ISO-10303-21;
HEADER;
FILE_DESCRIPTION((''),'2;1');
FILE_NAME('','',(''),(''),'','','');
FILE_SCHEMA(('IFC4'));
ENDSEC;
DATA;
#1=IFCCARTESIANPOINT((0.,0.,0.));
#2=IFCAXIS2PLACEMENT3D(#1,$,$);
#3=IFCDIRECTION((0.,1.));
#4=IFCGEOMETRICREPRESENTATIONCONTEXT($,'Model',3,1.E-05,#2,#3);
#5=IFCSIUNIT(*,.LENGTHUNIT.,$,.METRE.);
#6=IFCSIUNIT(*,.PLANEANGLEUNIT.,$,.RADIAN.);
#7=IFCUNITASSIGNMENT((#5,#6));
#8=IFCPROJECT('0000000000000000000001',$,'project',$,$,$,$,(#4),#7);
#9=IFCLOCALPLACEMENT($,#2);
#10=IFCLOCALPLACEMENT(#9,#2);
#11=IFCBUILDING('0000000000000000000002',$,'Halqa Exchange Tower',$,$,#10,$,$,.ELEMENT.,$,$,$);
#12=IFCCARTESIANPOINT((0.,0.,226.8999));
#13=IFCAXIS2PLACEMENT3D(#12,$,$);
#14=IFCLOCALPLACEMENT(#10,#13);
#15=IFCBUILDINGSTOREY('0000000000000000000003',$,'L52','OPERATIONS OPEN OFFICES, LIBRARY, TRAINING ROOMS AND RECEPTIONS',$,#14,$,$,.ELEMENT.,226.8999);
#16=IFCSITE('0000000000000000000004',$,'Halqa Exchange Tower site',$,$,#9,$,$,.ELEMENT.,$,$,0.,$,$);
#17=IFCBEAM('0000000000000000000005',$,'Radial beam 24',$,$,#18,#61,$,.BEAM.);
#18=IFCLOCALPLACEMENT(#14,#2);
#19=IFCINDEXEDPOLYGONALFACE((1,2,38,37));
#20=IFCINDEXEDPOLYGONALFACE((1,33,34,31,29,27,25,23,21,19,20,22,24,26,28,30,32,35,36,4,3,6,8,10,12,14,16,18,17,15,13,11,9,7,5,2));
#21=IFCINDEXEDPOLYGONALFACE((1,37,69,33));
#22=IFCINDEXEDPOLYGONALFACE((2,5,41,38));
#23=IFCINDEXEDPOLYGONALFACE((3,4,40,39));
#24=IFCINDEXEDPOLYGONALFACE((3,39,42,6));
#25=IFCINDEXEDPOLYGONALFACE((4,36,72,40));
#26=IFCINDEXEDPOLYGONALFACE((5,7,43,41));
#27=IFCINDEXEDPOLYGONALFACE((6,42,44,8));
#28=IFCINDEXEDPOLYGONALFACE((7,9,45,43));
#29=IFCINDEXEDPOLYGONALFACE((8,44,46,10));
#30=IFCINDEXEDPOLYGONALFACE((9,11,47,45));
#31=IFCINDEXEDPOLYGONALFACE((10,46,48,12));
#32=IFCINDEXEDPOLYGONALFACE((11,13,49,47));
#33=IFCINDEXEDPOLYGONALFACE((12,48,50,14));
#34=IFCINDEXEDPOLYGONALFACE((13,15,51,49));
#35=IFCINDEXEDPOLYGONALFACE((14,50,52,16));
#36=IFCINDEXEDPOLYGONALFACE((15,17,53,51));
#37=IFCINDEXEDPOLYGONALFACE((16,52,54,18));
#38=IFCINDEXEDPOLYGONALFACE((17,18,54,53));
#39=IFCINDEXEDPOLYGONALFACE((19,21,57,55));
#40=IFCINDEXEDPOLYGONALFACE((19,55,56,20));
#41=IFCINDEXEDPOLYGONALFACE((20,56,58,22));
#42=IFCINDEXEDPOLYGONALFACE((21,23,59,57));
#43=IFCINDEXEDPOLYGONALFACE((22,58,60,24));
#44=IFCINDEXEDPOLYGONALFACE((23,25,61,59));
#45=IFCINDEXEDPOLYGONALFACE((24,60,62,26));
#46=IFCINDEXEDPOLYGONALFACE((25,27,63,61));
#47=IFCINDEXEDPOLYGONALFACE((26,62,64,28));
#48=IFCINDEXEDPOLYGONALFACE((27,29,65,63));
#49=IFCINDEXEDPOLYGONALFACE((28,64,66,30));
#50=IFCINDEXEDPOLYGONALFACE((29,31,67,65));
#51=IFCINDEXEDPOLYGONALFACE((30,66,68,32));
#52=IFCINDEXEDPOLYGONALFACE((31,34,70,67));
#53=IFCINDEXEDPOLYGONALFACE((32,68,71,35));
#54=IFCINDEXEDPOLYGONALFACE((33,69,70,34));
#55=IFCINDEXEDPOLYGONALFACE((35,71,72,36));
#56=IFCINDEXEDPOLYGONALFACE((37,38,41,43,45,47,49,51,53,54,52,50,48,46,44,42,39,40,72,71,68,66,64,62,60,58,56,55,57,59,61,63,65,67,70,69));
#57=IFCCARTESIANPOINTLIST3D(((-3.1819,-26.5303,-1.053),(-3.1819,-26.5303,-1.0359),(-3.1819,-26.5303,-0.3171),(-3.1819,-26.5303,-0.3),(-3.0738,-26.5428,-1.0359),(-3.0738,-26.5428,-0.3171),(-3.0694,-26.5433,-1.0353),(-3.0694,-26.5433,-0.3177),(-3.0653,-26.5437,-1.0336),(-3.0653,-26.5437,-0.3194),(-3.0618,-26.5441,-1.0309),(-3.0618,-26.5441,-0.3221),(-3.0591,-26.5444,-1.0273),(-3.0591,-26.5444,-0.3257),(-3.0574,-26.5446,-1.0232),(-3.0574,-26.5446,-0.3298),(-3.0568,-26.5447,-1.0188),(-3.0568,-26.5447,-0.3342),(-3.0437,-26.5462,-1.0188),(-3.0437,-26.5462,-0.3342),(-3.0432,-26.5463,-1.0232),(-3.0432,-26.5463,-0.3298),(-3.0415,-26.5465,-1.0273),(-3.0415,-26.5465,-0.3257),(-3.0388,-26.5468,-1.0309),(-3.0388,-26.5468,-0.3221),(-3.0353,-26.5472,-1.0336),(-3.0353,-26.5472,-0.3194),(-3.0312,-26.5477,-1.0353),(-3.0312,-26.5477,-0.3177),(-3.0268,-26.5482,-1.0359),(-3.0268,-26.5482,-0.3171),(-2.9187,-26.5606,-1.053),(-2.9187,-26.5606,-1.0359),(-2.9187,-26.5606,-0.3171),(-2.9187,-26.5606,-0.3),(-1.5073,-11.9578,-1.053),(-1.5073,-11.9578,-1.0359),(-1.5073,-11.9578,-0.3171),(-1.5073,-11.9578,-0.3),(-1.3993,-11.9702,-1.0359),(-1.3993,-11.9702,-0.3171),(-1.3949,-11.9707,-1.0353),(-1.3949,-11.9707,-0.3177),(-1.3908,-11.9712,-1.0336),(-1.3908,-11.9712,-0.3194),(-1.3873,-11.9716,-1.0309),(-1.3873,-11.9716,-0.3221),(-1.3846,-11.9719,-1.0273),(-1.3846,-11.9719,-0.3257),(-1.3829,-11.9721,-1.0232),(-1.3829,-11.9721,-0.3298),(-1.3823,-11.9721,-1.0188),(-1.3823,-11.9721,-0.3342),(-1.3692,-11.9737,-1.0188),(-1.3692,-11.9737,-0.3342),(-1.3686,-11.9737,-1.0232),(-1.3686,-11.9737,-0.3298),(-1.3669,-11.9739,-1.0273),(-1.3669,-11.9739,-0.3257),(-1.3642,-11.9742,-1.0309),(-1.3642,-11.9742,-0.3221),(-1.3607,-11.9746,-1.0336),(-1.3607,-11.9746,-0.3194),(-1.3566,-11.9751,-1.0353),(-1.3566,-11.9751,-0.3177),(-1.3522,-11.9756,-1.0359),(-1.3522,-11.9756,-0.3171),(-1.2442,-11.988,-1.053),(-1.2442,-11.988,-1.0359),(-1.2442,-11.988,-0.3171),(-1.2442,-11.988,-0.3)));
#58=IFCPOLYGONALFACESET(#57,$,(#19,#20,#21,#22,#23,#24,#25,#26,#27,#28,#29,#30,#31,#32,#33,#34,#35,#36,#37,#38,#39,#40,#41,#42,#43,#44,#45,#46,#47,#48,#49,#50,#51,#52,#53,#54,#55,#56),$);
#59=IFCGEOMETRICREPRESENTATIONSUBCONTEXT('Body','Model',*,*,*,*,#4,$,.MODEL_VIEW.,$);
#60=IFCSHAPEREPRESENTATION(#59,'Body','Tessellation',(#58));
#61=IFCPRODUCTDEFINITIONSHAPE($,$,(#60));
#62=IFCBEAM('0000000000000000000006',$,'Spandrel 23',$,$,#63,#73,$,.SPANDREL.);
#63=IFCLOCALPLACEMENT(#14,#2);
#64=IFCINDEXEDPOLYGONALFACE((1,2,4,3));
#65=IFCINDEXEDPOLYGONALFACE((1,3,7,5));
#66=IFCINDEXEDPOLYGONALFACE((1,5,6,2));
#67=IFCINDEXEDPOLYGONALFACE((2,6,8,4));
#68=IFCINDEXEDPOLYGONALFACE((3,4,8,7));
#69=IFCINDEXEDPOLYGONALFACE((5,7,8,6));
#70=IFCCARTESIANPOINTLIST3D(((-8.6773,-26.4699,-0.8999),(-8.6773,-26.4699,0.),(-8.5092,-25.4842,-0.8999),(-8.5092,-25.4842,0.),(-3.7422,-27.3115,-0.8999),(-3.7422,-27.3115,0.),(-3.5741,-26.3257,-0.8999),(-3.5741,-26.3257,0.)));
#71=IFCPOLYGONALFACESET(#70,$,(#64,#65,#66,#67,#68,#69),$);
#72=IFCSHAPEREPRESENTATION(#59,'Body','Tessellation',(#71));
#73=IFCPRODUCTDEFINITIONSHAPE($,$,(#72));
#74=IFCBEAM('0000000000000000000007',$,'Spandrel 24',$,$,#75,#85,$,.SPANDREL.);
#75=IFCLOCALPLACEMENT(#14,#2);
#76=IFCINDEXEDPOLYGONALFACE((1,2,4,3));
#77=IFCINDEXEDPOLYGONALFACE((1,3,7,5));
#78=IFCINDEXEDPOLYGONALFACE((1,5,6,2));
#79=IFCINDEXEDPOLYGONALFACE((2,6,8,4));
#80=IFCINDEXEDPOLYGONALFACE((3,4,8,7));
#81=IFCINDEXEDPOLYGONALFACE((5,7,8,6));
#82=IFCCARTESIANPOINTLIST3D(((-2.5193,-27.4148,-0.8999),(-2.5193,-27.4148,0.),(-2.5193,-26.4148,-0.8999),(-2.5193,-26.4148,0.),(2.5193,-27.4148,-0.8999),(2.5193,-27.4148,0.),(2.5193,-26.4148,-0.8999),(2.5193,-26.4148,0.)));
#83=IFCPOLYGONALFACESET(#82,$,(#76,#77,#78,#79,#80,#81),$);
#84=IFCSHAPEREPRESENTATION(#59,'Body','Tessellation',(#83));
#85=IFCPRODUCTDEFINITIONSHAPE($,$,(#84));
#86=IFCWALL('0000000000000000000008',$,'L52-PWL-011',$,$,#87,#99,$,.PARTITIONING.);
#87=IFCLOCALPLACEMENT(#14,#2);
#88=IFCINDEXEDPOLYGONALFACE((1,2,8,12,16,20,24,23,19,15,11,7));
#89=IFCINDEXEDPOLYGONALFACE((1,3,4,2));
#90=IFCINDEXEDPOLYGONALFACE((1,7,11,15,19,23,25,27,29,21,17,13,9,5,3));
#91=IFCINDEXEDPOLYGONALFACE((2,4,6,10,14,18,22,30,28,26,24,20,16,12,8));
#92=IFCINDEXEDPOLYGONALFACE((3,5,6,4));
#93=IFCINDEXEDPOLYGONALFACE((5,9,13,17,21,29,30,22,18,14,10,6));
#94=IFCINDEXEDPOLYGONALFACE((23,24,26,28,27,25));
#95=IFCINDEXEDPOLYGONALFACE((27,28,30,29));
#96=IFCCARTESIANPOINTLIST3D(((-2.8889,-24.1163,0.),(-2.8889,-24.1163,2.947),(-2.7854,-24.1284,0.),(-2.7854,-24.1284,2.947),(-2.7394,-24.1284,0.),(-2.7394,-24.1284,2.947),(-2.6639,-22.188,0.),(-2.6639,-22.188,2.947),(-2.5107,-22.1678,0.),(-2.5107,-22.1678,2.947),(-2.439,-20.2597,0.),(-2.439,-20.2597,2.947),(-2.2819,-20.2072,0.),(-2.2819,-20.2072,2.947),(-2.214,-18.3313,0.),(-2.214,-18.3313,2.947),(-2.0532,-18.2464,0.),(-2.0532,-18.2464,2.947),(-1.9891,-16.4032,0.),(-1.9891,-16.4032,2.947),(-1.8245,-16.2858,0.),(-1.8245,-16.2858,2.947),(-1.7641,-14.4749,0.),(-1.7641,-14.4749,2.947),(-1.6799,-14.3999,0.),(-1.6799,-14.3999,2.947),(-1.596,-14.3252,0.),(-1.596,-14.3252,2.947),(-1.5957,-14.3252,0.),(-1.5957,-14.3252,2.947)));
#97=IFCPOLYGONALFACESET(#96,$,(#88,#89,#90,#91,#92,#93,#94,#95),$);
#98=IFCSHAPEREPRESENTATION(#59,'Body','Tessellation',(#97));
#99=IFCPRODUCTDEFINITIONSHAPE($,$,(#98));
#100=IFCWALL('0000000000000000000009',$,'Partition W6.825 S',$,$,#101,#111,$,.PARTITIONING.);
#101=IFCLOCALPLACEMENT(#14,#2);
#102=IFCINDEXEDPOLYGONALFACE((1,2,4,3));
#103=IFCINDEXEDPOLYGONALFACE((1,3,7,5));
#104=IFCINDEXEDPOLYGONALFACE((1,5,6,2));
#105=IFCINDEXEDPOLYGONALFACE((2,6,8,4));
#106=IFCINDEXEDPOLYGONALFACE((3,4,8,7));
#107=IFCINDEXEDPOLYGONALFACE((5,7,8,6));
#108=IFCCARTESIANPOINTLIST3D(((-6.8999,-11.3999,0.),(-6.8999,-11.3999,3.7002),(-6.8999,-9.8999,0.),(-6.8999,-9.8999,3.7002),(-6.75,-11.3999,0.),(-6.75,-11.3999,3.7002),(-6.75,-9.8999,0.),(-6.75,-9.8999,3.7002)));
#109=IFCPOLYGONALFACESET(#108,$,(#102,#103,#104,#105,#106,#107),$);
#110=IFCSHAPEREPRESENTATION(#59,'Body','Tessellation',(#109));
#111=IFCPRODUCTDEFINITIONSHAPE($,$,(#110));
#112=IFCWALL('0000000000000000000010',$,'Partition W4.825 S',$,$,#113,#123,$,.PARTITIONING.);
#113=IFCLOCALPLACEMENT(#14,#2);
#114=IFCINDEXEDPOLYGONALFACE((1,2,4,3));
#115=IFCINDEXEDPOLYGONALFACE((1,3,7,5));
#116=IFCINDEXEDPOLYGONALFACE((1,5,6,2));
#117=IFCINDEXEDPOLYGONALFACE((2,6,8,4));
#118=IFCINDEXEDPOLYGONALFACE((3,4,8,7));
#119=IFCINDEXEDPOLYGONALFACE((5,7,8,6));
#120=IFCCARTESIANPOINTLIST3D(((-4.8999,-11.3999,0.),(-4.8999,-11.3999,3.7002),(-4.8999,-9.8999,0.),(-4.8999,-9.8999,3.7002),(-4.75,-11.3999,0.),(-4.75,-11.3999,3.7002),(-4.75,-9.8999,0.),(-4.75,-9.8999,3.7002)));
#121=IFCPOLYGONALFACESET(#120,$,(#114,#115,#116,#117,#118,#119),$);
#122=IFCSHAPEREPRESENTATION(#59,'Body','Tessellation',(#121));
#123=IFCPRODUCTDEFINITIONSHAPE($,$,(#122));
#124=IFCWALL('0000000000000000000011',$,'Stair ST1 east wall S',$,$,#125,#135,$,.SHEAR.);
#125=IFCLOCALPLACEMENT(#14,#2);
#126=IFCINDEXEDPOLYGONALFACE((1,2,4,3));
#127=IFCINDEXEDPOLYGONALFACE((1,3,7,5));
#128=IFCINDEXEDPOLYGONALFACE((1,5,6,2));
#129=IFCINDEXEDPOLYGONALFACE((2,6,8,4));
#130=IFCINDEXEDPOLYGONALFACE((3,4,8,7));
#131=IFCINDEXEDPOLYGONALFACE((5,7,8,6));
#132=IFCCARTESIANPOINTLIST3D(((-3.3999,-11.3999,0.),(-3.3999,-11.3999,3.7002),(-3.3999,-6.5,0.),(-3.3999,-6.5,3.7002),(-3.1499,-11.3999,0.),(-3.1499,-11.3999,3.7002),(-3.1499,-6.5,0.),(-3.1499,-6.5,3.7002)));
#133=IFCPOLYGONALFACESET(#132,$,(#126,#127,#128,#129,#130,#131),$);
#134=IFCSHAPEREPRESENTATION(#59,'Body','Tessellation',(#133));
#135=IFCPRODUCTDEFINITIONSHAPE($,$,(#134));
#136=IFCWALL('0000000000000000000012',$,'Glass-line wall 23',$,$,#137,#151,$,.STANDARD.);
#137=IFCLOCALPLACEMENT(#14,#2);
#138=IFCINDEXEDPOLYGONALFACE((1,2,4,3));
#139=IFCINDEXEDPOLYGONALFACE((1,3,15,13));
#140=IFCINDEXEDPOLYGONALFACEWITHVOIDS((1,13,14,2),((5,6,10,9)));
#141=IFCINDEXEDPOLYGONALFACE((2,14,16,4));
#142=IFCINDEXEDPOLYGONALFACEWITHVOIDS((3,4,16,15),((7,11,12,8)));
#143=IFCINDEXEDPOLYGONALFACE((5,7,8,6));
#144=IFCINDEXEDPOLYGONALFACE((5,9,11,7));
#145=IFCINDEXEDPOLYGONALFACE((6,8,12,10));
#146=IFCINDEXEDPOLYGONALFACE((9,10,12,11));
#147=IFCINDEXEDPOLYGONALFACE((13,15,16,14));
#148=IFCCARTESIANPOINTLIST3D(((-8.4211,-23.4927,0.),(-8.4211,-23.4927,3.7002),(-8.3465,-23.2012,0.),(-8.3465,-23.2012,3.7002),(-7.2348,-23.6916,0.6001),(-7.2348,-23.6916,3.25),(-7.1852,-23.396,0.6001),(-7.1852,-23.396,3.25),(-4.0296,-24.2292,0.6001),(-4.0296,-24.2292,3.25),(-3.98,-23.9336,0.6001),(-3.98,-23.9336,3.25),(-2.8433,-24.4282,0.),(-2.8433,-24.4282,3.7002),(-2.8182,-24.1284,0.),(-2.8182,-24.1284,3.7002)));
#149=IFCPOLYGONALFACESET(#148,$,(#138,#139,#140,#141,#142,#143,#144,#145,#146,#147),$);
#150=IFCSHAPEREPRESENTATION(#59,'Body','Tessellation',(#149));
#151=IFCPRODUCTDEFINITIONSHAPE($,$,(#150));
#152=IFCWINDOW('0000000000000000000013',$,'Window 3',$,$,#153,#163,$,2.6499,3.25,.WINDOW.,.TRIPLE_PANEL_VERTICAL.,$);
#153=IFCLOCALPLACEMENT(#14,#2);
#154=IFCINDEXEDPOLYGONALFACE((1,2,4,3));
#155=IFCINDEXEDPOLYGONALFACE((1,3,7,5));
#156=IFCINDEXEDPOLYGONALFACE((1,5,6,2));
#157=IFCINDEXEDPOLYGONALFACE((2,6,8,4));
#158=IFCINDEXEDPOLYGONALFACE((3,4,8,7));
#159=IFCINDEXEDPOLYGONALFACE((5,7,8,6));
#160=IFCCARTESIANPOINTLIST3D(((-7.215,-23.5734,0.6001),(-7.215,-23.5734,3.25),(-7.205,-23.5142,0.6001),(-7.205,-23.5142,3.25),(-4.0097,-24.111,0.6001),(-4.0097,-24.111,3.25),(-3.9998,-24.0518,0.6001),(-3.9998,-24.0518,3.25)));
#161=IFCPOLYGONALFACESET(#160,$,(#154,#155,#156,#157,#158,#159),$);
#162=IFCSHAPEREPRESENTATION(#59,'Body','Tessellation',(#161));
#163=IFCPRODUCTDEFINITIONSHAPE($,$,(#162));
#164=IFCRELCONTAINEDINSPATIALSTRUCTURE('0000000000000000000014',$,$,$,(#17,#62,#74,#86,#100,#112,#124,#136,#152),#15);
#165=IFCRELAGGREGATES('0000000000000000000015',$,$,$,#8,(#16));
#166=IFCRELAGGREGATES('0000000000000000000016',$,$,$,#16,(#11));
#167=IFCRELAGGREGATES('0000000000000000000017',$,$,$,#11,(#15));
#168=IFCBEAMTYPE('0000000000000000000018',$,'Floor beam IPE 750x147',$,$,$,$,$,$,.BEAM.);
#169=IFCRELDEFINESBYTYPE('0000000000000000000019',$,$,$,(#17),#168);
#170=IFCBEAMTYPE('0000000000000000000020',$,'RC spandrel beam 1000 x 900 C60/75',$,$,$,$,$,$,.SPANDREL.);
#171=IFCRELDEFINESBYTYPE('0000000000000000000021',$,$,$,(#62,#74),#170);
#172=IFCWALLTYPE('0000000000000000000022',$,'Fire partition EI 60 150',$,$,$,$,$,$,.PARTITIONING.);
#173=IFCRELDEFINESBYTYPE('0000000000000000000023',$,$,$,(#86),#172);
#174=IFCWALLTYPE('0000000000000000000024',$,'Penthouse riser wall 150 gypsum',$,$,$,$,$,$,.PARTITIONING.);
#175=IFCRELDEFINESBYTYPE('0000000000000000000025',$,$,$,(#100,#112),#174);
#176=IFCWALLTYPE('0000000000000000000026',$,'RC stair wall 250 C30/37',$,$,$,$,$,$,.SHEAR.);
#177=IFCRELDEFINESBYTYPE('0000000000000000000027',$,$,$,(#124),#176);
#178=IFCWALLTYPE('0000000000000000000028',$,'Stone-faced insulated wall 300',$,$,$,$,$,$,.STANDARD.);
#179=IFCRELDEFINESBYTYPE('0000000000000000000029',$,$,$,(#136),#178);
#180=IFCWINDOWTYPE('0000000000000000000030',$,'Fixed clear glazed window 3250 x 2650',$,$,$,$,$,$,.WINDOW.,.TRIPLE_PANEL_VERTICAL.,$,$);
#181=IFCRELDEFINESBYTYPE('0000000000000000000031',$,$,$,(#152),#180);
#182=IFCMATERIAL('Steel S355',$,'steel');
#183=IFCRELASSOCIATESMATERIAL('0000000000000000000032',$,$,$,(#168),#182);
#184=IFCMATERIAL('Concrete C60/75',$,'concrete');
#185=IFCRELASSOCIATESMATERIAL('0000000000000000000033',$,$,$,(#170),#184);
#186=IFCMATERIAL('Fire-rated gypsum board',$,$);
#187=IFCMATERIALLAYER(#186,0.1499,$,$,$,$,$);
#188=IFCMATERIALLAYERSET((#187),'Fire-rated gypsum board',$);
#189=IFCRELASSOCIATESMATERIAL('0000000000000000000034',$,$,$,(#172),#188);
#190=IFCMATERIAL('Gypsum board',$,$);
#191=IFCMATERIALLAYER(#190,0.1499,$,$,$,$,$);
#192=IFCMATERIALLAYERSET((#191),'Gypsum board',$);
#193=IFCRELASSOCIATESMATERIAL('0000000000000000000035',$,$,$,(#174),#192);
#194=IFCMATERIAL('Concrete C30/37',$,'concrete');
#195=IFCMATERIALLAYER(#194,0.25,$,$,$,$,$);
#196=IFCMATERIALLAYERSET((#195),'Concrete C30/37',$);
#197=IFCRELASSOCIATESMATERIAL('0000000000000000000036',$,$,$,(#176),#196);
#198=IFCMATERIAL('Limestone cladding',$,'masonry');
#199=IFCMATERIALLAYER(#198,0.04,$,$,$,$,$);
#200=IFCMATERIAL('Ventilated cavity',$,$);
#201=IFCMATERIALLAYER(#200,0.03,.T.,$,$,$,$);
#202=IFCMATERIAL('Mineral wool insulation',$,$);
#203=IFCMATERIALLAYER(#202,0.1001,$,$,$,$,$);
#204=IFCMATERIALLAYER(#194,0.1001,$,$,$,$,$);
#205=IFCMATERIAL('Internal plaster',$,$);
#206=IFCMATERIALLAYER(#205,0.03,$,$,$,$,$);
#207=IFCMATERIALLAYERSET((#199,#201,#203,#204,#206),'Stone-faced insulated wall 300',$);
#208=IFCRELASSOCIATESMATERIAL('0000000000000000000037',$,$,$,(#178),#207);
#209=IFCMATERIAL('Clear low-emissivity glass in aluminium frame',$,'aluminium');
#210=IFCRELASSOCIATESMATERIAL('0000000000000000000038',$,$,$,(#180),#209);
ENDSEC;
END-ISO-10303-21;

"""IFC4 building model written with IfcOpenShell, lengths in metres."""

from ifc_helpers import new_model, si_unit, direction, frame, frame_2d, origin, origin_2d, place, context, subcontext, project, spatial, polyline, rectangle, i_section, outline, extrude, material, layer, layer_set, material_profile, profile_set, type_object, element, fill, save


model = new_model("IFC4")

# Units and contexts
model_context = context("Model", 3, precision=1e-05, world=origin(), true_north=direction((0.0, 1.0)))
body_context = subcontext(model_context, "Body", "Model", "MODEL_VIEW")
ifc_project = project(units=[si_unit("LENGTHUNIT", "METRE"), si_unit("PLANEANGLEUNIT", "RADIAN")], contexts=[model_context])

# Site, building, storey
site_placement = place(None, origin())
site = spatial("IfcSite", under=ifc_project, at=site_placement, Name="Halqa Exchange Tower site", CompositionType="ELEMENT", RefElevation=0.0)
building_placement = place(site_placement, origin())
building = spatial("IfcBuilding", under=site, at=building_placement, Name="Halqa Exchange Tower", CompositionType="ELEMENT")
storey_placement = place(building_placement, frame((0.0, 0.0, 226.8999)))
storey = spatial("IfcBuildingStorey", under=building, at=storey_placement, Name="L52", Description="OPERATIONS OPEN OFFICES, LIBRARY, TRAINING ROOMS AND RECEPTIONS", CompositionType="ELEMENT", Elevation=226.8999)

# Shared definitions
ifc_material_1 = material(Name="Concrete C60/75", Category="concrete")

# Beams
ifc_material_2 = material(Name="Steel S355", Category="steel")
ifc_material_profile_1 = material_profile(ifc_material_2, i_section(OverallWidth=0.2649, OverallDepth=0.7529, WebThickness=0.0132, FlangeThickness=0.0171, FilletRadius=0.0171, at=origin_2d()), Name="IPE 750x147")
ifc_profile_set_1 = profile_set([ifc_material_profile_1], Name="Steel S355")
beam_type_1 = type_object("IfcBeamType", Name="Floor beam IPE 750x147", PredefinedType="BEAM", material=ifc_profile_set_1)
beam_1_placement = place(storey_placement, frame((-1.3757, -11.9729, -0.6765), z_axis=(-0.114161, -0.993462, 0.0), x_axis=(0.993462, -0.114161, 0.0)))
element("IfcBeam", 1, at=beam_1_placement, inside=storey, type_object=beam_type_1, Name="Radial beam 24", PredefinedType="BEAM", context=body_context, shape_type="SweptSolid", body=[
    extrude(i_section(OverallWidth=0.2649, OverallDepth=0.7529, WebThickness=0.0132, FlangeThickness=0.0171, FilletRadius=0.0171, at=origin_2d()), origin(), (0.0, 0.0, 1.0), 14.6685),
])
ifc_material_profile_2 = material_profile(ifc_material_1, rectangle(XDim=1.0, YDim=0.8999, at=origin_2d()), Name="1000 x 900")
ifc_profile_set_2 = profile_set([ifc_material_profile_2], Name="Concrete C60/75")
beam_type_2 = type_object("IfcBeamType", Name="RC spandrel beam 1000 x 900 C60/75", PredefinedType="SPANDREL", material=ifc_profile_set_2)
beam_2_placement = place(storey_placement, frame((-8.5933, -25.9771, -0.45), z_axis=(0.98577, -0.168099, 0.0), x_axis=(0.168099, 0.98577, 0.0)))
element("IfcBeam", 2, at=beam_2_placement, inside=storey, type_object=beam_type_2, Name="Spandrel 23", PredefinedType="SPANDREL", context=body_context, shape_type="SweptSolid", body=[
    extrude(rectangle(XDim=1.0, YDim=0.8999, at=origin_2d()), origin(), (0.0, 0.0, 1.0), 5.0063),
])
beam_3_placement = place(storey_placement, frame((-2.5193, -26.9148, -0.45), z_axis=(1.0, 0.0, 0.0), x_axis=(0.0, 1.0, 0.0)))
element("IfcBeam", 3, at=beam_3_placement, inside=storey, type_object=beam_type_2, Name="Spandrel 24", PredefinedType="SPANDREL", context=body_context, shape_type="SweptSolid", body=[
    extrude(rectangle(XDim=1.0, YDim=0.8999, at=origin_2d()), origin(), (0.0, 0.0, 1.0), 5.0386),
])

# Wall
ifc_material_3 = material(Name="Fire-rated gypsum board")
ifc_layer_1 = layer(ifc_material_3, 0.1499)
ifc_layer_set_1 = layer_set([ifc_layer_1], Name="Fire-rated gypsum board")
wall_type_1 = type_object("IfcWallType", Name="Fire partition EI 60 150", PredefinedType="PARTITIONING", material=ifc_layer_set_1)
wall_1_placement = place(storey_placement, frame((-2.8145, -24.125, 0.0), z_axis=(0.0, 0.0, 1.0), x_axis=(0.115876, 0.993264, 0.0)))
element("IfcWall", 4, at=wall_1_placement, inside=storey, type_object=wall_type_1, Name="L52-PWL-011", PredefinedType="PARTITIONING", context=body_context, shape_type="SweptSolid", body=[
    extrude(outline(polyline([(9.875, -0.075), (9.875, -0.0747), (9.791, 0.0), (9.7068, 0.075), (7.7654, 0.075), (5.8242, 0.075), (3.8828, 0.075), (1.9414, 0.075), (0.0, 0.075), (0.0, -0.0293), (0.0054, -0.075), (1.9792, -0.075), (3.9531, -0.075), (5.9272, -0.075), (7.9011, -0.075), (9.875, -0.075)])), origin(), (0.0, 0.0, 1.0), 2.947),
])

# Walls
ifc_material_4 = material(Name="Gypsum board")
ifc_layer_2 = layer(ifc_material_4, 0.1499)
ifc_layer_set_2 = layer_set([ifc_layer_2], Name="Gypsum board")
wall_type_2 = type_object("IfcWallType", Name="Penthouse riser wall 150 gypsum", PredefinedType="PARTITIONING", material=ifc_layer_set_2)
for number, where, z_axis, x_axis, name in (
    (5, (-6.825, -11.3999, 0.0), (0.0, 0.0, 1.0), (0.0, 1.0, 0.0), "Partition W6.825 S"),
    (6, (-4.825, -11.3999, 0.0), (0.0, 0.0, 1.0), (0.0, 1.0, 0.0), "Partition W4.825 S"),
):
    element("IfcWall", number, at=place(storey_placement, frame(where, z_axis=z_axis, x_axis=x_axis)), inside=storey, type_object=wall_type_2, Name=name, PredefinedType="PARTITIONING", context=body_context, shape_type="SweptSolid", body=[
        extrude(rectangle(XDim=1.5, YDim=0.1499, at=frame_2d((0.75, 0.0))), origin(), (0.0, 0.0, 1.0), 3.7002),
    ])
ifc_material_5 = material(Name="Concrete C30/37", Category="concrete")
ifc_layer_3 = layer(ifc_material_5, 0.25)
ifc_layer_set_3 = layer_set([ifc_layer_3], Name="Concrete C30/37")
wall_type_3 = type_object("IfcWallType", Name="RC stair wall 250 C30/37", PredefinedType="SHEAR", material=ifc_layer_set_3)
wall_2_placement = place(storey_placement, frame((-3.2749, -11.3999, 0.0), z_axis=(0.0, 0.0, 1.0), x_axis=(0.0, 1.0, 0.0)))
element("IfcWall", 7, at=wall_2_placement, inside=storey, type_object=wall_type_3, Name="Stair ST1 east wall S", PredefinedType="SHEAR", context=body_context, shape_type="SweptSolid", body=[
    extrude(rectangle(XDim=4.8999, YDim=0.25, at=frame_2d((2.45, 0.0))), origin(), (0.0, 0.0, 1.0), 3.7002),
])

# Wall, opening, window
ifc_material_6 = material(Name="Limestone cladding", Category="masonry")
ifc_layer_4 = layer(ifc_material_6, 0.04)
ifc_material_7 = material(Name="Ventilated cavity")
ifc_layer_5 = layer(ifc_material_7, 0.03, ventilated=True)
ifc_material_8 = material(Name="Mineral wool insulation")
ifc_layer_6 = layer(ifc_material_8, 0.1001)
ifc_layer_7 = layer(ifc_material_5, 0.1001)
ifc_material_9 = material(Name="Internal plaster")
ifc_layer_8 = layer(ifc_material_9, 0.03)
ifc_layer_set_4 = layer_set([ifc_layer_4, ifc_layer_5, ifc_layer_6, ifc_layer_7, ifc_layer_8], Name="Stone-faced insulated wall 300")
wall_type_4 = type_object("IfcWallType", Name="Stone-faced insulated wall 300", PredefinedType="STANDARD", material=ifc_layer_set_4)
wall_3_placement = place(storey_placement, frame((-8.3838, -23.3469, 0.0), z_axis=(0.0, 0.0, 1.0), x_axis=(0.986223, -0.165418, 0.0)))
wall_3 = element("IfcWall", 8, at=wall_3_placement, inside=storey, type_object=wall_type_4, Name="Glass-line wall 23", PredefinedType="STANDARD", context=body_context, shape_type="SweptSolid", body=[
    extrude(outline(polyline([(-0.0127, -0.1499), (5.6431, -0.1499), (5.6182, 0.1499), (0.0127, 0.1499), (-0.0127, -0.1499)])), origin(), (0.0, 0.0, 1.0), 3.7002),
])
opening_1_placement = place(wall_3_placement, frame((1.1902, 0.0, 0.6001)))
opening_1 = element("IfcOpeningElement", 9, at=opening_1_placement, cuts=wall_3, PredefinedType="OPENING", context=body_context, shape_type="SweptSolid", body=[
    extrude(rectangle(XDim=3.25, YDim=2.6499, at=frame_2d((1.625, 1.325))), frame((0.0, 0.1621, 0.0), z_axis=(0.0, -1.0, 0.0), x_axis=(1.0, 0.0, 0.0)), (0.0, 0.0, 1.0), 0.324),
])
ifc_material_10 = material(Name="Clear low-emissivity glass in aluminium frame", Category="aluminium")
window_type = type_object("IfcWindowType", Name="Fixed clear glazed window 3250 x 2650", PartitioningType="TRIPLE_PANEL_VERTICAL", PredefinedType="WINDOW", material=ifc_material_10)
window_placement = place(opening_1_placement, origin())
window = element("IfcWindow", 10, at=window_placement, inside=storey, type_object=window_type, Name="Window 3", OverallHeight=2.6499, OverallWidth=3.25, PartitioningType="TRIPLE_PANEL_VERTICAL", PredefinedType="WINDOW", context=body_context, shape_type="SweptSolid", body=[
    extrude(rectangle(XDim=3.25, YDim=2.6499, at=frame_2d((1.625, 1.325))), frame((0.0, 0.03, 0.0), z_axis=(0.0, -1.0, 0.0), x_axis=(1.0, 0.0, 0.0)), (0.0, 0.0, 1.0), 0.0601),
])
fill(opening_1, window)

save(model, "model.ifc")
